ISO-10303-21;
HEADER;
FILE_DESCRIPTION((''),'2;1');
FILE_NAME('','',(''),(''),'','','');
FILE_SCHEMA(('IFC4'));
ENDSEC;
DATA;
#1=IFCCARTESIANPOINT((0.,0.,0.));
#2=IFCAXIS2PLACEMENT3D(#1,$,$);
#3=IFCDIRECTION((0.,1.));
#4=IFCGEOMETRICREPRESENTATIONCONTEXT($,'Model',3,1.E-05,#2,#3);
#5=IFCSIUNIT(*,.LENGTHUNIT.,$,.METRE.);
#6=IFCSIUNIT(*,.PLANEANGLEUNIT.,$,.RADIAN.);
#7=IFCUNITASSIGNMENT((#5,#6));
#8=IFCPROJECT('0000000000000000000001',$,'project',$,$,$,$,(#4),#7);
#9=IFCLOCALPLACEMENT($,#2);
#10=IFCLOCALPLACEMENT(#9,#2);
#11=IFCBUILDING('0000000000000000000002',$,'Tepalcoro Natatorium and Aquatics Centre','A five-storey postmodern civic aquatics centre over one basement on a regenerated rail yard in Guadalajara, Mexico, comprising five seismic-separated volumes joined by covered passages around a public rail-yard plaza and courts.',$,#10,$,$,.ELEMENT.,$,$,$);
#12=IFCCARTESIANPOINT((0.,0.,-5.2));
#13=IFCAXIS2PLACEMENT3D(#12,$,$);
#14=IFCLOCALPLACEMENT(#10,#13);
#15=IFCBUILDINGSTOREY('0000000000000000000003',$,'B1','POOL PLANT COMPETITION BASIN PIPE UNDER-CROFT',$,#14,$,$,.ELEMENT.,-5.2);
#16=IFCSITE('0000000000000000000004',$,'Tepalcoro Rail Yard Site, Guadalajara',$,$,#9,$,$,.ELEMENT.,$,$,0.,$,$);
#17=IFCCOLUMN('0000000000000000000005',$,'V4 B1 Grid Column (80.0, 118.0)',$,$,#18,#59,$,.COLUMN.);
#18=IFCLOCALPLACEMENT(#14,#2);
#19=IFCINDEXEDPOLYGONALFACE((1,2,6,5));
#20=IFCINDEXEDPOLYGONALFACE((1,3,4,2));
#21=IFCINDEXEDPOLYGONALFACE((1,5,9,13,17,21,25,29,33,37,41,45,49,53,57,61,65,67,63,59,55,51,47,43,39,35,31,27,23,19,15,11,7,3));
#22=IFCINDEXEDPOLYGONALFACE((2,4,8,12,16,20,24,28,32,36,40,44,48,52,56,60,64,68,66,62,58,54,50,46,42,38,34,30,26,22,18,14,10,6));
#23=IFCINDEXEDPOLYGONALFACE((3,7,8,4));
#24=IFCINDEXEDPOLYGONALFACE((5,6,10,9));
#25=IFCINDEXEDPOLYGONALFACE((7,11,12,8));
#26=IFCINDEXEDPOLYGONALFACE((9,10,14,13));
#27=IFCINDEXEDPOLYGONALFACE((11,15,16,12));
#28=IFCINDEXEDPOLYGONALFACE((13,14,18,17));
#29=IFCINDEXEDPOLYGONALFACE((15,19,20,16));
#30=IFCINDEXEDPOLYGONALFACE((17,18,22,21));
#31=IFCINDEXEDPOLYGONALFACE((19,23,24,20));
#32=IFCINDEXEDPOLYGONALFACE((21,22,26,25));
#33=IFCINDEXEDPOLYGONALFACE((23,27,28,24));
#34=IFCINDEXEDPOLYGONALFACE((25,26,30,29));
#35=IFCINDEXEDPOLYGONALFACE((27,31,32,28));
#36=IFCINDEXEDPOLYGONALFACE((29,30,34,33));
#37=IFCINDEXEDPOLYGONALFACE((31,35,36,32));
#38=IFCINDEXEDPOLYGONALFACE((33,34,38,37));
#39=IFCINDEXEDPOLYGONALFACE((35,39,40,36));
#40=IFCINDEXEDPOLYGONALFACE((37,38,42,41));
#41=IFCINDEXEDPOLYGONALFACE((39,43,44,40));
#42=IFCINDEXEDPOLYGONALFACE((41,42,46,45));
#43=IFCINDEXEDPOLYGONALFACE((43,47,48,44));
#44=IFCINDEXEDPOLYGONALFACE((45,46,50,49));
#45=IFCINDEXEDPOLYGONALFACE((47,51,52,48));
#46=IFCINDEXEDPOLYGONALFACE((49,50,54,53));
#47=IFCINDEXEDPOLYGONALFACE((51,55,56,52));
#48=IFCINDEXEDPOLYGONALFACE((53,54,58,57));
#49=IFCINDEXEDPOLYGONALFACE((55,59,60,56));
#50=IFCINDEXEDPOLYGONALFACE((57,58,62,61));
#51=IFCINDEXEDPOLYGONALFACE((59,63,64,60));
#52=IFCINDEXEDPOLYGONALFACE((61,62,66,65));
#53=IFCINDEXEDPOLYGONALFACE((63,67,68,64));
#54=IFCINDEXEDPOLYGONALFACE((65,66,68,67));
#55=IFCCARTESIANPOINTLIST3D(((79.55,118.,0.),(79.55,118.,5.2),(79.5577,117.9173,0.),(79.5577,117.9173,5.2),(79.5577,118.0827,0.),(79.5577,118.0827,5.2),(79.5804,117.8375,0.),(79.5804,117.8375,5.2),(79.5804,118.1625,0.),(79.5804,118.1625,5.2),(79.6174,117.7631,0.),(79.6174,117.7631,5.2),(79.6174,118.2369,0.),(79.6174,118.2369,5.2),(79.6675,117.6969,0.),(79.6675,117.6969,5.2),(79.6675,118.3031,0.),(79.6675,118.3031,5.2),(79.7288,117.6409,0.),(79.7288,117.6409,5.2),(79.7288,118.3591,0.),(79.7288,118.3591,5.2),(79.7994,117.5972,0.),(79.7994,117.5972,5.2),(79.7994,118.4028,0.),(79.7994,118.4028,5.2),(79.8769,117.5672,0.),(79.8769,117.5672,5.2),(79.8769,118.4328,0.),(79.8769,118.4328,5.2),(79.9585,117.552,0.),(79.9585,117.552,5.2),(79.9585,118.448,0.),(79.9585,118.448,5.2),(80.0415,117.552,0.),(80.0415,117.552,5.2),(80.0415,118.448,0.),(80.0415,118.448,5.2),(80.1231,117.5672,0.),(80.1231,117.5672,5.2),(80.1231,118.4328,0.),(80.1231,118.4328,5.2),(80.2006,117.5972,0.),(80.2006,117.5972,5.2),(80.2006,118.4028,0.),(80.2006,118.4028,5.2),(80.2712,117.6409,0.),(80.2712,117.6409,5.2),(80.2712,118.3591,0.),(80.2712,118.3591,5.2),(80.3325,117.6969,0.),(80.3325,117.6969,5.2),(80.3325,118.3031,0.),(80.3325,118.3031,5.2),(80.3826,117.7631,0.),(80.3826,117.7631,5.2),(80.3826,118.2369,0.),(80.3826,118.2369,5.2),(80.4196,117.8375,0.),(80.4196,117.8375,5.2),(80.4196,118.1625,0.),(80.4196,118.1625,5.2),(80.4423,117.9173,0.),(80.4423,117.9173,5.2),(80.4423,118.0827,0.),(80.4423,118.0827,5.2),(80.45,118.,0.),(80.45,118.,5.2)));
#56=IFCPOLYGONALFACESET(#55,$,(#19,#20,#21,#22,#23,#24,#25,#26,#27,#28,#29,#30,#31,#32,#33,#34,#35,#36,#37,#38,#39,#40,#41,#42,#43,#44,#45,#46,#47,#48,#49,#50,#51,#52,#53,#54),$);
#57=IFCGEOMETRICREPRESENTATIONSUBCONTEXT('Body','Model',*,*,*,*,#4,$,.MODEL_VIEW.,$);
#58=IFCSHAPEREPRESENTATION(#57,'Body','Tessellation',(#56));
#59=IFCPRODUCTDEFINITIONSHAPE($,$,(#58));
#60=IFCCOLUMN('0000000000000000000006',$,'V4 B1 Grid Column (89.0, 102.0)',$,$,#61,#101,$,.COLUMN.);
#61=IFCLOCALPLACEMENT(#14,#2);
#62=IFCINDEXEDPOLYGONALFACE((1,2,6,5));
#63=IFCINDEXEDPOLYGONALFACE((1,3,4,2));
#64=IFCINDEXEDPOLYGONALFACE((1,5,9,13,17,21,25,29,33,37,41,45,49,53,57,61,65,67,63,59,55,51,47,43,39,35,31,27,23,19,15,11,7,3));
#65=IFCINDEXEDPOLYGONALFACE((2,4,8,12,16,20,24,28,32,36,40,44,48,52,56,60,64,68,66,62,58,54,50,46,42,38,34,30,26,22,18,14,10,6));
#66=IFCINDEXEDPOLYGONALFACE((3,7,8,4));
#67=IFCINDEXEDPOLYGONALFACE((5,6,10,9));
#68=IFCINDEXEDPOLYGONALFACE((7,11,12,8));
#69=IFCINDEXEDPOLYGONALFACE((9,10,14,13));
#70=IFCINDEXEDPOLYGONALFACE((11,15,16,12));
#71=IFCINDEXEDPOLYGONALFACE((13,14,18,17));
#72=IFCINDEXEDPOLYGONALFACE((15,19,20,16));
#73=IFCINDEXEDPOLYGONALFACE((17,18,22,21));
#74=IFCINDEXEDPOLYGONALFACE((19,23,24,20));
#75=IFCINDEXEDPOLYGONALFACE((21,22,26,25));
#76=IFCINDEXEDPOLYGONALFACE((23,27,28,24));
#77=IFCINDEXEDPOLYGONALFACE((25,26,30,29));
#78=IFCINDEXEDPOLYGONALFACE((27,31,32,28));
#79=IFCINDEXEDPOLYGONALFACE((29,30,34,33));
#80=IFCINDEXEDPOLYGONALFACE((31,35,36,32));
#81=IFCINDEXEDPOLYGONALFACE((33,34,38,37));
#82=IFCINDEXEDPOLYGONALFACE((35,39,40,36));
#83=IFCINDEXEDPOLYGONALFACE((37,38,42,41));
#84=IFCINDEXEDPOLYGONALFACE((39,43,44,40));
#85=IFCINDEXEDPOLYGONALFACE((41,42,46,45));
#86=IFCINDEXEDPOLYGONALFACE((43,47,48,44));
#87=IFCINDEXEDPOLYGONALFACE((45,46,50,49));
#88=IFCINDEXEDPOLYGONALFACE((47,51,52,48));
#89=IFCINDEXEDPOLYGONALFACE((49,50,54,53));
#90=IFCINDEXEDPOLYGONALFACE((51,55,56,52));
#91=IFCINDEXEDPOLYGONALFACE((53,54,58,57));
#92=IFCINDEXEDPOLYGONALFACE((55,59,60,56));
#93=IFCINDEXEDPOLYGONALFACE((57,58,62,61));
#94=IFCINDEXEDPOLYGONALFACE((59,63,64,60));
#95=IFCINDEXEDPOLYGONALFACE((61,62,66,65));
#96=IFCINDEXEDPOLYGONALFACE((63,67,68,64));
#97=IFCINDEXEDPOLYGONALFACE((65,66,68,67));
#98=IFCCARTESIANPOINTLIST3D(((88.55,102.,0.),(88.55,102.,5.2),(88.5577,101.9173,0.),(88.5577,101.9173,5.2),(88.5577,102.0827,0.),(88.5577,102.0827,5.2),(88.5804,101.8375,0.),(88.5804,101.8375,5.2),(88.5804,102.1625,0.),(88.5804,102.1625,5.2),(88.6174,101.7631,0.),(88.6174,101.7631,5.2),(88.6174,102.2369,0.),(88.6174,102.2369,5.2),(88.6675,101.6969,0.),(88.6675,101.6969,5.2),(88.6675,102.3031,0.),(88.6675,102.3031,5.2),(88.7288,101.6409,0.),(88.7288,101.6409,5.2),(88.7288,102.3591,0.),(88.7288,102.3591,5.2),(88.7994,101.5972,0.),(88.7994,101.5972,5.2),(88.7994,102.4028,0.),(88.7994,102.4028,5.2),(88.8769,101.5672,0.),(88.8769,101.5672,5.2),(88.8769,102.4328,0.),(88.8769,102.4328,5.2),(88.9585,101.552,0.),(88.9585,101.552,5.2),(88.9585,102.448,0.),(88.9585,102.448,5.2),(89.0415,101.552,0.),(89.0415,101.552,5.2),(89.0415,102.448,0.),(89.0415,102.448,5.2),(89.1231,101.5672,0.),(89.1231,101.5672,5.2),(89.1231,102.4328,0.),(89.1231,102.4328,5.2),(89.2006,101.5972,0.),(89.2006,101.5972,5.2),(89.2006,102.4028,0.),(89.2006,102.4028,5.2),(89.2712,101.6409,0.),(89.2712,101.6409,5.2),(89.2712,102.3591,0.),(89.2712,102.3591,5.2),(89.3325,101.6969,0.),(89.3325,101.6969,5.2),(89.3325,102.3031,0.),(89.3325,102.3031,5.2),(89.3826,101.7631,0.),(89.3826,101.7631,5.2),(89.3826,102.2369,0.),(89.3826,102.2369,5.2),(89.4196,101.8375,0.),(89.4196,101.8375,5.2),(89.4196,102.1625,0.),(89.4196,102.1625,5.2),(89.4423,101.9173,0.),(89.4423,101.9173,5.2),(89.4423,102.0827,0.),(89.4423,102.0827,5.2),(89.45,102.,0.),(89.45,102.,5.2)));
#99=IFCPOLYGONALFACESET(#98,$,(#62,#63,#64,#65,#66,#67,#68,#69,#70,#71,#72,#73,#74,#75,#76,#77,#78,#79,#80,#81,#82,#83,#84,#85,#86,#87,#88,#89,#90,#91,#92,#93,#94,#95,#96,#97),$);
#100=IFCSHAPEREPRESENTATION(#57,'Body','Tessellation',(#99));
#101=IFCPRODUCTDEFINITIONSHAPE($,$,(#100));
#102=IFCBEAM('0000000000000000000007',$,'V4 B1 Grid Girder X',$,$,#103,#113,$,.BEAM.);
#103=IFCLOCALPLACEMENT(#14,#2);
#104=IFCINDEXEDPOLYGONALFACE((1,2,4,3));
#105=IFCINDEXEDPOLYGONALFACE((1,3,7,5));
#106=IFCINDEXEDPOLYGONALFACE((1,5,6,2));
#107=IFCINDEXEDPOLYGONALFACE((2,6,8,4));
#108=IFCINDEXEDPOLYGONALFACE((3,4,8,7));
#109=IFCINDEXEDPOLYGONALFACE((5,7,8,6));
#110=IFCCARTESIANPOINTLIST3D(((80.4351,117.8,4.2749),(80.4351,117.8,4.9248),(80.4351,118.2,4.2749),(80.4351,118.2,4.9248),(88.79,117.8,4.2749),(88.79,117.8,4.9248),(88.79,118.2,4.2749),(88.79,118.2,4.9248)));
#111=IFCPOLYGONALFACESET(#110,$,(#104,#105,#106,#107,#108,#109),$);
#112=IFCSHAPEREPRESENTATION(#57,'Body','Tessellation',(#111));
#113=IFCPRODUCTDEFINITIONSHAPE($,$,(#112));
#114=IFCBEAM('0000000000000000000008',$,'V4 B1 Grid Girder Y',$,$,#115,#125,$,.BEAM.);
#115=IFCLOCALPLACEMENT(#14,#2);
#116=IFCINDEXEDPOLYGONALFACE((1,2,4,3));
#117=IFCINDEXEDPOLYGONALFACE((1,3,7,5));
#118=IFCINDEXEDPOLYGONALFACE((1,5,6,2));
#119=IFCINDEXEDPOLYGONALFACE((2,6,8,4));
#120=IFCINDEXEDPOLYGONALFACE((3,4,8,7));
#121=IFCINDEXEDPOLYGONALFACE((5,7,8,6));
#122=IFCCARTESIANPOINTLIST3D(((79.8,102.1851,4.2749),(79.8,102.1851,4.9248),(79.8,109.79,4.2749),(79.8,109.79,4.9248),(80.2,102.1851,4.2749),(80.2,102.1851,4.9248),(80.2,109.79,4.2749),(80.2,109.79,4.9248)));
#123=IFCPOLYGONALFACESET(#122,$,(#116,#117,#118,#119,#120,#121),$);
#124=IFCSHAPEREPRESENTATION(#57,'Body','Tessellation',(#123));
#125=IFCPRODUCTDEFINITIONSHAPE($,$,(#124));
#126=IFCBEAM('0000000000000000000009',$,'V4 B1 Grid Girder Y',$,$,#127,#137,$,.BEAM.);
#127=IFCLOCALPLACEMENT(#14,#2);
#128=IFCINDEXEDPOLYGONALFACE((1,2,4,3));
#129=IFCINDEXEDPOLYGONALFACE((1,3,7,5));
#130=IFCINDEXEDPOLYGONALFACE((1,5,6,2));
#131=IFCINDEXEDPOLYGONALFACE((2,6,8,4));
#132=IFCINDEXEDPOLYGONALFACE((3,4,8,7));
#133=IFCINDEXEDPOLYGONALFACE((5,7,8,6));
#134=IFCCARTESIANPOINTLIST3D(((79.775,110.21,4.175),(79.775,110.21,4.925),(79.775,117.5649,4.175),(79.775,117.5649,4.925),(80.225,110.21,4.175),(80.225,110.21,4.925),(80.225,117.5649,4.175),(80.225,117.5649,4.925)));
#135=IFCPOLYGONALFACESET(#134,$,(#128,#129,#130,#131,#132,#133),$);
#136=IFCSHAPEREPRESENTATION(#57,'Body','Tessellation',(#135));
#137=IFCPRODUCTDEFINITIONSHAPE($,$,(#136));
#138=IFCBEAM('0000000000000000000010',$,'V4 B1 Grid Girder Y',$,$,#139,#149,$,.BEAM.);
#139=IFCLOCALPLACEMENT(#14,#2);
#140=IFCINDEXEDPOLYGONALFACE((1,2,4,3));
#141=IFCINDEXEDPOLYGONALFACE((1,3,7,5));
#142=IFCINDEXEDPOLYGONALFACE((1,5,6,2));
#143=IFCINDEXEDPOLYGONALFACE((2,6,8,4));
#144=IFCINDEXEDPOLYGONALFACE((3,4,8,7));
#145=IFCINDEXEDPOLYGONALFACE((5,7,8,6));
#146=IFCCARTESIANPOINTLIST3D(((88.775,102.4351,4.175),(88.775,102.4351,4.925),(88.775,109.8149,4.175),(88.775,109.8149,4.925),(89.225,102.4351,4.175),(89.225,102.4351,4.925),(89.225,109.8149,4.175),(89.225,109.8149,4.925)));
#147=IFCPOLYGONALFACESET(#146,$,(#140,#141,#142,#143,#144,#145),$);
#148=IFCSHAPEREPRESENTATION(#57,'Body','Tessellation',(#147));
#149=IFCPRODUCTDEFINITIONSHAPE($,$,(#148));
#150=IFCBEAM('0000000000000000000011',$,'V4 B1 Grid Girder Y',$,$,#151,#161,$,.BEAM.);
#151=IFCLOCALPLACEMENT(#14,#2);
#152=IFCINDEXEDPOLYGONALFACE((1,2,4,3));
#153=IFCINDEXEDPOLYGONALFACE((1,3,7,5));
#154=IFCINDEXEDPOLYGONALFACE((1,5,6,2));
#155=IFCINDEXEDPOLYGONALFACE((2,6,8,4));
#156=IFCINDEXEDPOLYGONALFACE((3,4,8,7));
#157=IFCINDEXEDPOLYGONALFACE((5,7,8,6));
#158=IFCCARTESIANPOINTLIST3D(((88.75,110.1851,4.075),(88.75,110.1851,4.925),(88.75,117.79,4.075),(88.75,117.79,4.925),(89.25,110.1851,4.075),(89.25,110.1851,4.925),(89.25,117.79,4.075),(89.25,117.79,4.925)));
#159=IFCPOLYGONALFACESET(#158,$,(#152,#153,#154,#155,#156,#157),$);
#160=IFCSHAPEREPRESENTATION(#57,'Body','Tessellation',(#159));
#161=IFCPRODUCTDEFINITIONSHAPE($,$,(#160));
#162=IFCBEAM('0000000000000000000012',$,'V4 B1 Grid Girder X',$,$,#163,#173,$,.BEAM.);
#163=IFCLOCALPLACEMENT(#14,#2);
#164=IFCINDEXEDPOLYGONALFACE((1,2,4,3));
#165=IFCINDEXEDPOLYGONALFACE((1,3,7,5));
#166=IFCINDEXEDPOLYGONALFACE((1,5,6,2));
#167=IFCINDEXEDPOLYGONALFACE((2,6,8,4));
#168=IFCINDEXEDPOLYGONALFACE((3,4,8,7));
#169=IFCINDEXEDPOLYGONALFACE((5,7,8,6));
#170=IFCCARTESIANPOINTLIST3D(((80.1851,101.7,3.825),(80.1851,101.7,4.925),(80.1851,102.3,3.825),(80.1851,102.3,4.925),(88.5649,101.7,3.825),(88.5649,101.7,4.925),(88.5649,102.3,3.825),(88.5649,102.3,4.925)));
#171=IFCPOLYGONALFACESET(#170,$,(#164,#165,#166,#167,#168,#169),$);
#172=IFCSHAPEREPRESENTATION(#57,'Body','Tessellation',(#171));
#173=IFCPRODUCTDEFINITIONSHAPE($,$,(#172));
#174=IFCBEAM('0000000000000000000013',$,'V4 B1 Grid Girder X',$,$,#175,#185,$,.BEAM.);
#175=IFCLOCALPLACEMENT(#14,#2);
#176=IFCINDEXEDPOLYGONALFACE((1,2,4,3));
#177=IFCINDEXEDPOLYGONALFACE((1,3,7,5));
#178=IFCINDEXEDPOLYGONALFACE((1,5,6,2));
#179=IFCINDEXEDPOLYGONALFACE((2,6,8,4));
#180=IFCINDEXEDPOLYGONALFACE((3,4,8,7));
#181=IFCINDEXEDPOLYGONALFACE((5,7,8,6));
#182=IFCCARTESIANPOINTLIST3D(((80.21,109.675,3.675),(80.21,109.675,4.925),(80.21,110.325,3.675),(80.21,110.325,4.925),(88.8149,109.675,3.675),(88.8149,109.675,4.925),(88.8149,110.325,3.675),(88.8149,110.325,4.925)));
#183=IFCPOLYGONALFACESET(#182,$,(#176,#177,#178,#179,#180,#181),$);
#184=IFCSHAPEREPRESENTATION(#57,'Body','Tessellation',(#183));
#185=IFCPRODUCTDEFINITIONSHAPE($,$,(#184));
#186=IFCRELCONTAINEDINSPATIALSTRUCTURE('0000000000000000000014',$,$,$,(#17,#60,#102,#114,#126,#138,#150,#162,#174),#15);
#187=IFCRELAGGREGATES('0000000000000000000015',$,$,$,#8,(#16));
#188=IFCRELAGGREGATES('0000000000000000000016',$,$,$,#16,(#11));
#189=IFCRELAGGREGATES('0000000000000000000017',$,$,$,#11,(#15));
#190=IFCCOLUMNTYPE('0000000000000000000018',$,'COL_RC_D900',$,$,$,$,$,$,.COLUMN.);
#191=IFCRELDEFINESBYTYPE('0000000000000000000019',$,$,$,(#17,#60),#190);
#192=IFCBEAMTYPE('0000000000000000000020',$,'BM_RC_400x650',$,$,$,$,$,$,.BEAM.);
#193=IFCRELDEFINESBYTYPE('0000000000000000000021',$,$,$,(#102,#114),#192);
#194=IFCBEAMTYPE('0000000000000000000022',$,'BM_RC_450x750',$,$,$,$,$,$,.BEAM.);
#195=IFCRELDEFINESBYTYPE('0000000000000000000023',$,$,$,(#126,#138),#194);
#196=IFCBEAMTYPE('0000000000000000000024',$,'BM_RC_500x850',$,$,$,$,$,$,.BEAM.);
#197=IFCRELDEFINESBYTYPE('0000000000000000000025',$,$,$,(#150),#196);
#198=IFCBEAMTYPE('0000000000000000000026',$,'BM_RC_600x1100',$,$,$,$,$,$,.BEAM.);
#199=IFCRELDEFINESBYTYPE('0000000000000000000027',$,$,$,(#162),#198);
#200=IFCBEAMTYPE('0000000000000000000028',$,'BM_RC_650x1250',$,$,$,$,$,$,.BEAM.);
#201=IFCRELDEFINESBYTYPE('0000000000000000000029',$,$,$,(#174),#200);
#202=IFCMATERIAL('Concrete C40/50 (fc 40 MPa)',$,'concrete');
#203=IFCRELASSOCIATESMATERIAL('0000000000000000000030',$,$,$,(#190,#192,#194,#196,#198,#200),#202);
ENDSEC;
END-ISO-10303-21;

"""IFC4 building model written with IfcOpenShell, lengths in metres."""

from ifc_helpers import new_model, si_unit, direction, frame, origin, origin_2d, place, context, subcontext, project, spatial, rectangle, circle, extrude, material, material_profile, profile_set, type_object, element, save


model = new_model("IFC4")

# Units and contexts
model_context = context("Model", 3, precision=1e-05, world=origin(), true_north=direction((0.0, 1.0)))
body_context = subcontext(model_context, "Body", "Model", "MODEL_VIEW")
ifc_project = project(units=[si_unit("LENGTHUNIT", "METRE"), si_unit("PLANEANGLEUNIT", "RADIAN")], contexts=[model_context])

# Site, building, storey
site_placement = place(None, origin())
site = spatial("IfcSite", under=ifc_project, at=site_placement, Name="Tepalcoro Rail Yard Site, Guadalajara", CompositionType="ELEMENT", RefElevation=0.0)
building_placement = place(site_placement, origin())
building = spatial("IfcBuilding", under=site, at=building_placement, Name="Tepalcoro Natatorium and Aquatics Centre", Description="A five-storey postmodern civic aquatics centre over one basement on a regenerated rail yard in Guadalajara, Mexico, comprising five seismic-separated volumes joined by covered passages around a public rail-yard plaza and courts.", CompositionType="ELEMENT")
storey_placement = place(building_placement, frame((0.0, 0.0, -5.2)))
storey = spatial("IfcBuildingStorey", under=building, at=storey_placement, Name="B1", Description="POOL PLANT COMPETITION BASIN PIPE UNDER-CROFT", CompositionType="ELEMENT", Elevation=-5.2)

# Shared definitions
ifc_material_1 = material(Name="Concrete C40/50 (fc 40 MPa)", Category="concrete")

# Columns
ifc_material_profile_1 = material_profile(ifc_material_1, circle(Radius=0.45, at=origin_2d()), Name="RCD900")
ifc_profile_set_1 = profile_set([ifc_material_profile_1], Name="Concrete C40/50 (fc 40 MPa)")
column_type_1 = type_object("IfcColumnType", Name="COL_RC_D900", PredefinedType="COLUMN", material=ifc_profile_set_1)
for number, where, z_axis, x_axis, name in (
    (1, (80.0, 118.0, 0.0), (0.0, 0.0, 1.0), (1.0, 0.0, 0.0), "V4 B1 Grid Column (80.0, 118.0)"),
    (2, (89.0, 102.0, 0.0), (0.0, 0.0, 1.0), (1.0, 0.0, 0.0), "V4 B1 Grid Column (89.0, 102.0)"),
):
    element("IfcColumn", number, at=place(storey_placement, frame(where, z_axis=z_axis, x_axis=x_axis)), inside=storey, type_object=column_type_1, Name=name, PredefinedType="COLUMN", context=body_context, shape_type="SweptSolid", body=[
        extrude(circle(Radius=0.45, at=origin_2d()), origin(), (0.0, 0.0, 1.0), 5.2),
    ])

# Beams
ifc_material_profile_2 = material_profile(ifc_material_1, rectangle(XDim=0.3999, YDim=0.6499, at=origin_2d()), Name="RCB400x650")
ifc_profile_set_2 = profile_set([ifc_material_profile_2], Name="Concrete C40/50 (fc 40 MPa)")
beam_type_1 = type_object("IfcBeamType", Name="BM_RC_400x650", PredefinedType="BEAM", material=ifc_profile_set_2)
beam_1_placement = place(storey_placement, frame((80.4351, 118.0, 4.5999), z_axis=(1.0, 0.0, 0.0), x_axis=(0.0, 1.0, 0.0)))
element("IfcBeam", 3, at=beam_1_placement, inside=storey, type_object=beam_type_1, Name="V4 B1 Grid Girder X", PredefinedType="BEAM", context=body_context, shape_type="SweptSolid", body=[
    extrude(rectangle(XDim=0.3999, YDim=0.6499, at=origin_2d()), origin(), (0.0, 0.0, 1.0), 8.355),
])
beam_2_placement = place(storey_placement, frame((80.0, 102.1851, 4.5999), z_axis=(0.0, 1.0, 0.0), x_axis=(-1.0, 0.0, 0.0)))
element("IfcBeam", 4, at=beam_2_placement, inside=storey, type_object=beam_type_1, Name="V4 B1 Grid Girder Y", PredefinedType="BEAM", context=body_context, shape_type="SweptSolid", body=[
    extrude(rectangle(XDim=0.3999, YDim=0.6499, at=origin_2d()), origin(), (0.0, 0.0, 1.0), 7.605),
])
ifc_material_profile_3 = material_profile(ifc_material_1, rectangle(XDim=0.45, YDim=0.75, at=origin_2d()), Name="RCB450x750")
ifc_profile_set_3 = profile_set([ifc_material_profile_3], Name="Concrete C40/50 (fc 40 MPa)")
beam_type_2 = type_object("IfcBeamType", Name="BM_RC_450x750", PredefinedType="BEAM", material=ifc_profile_set_3)
beam_3_placement = place(storey_placement, frame((80.0, 110.21, 4.55), z_axis=(0.0, 1.0, 0.0), x_axis=(-1.0, 0.0, 0.0)))
element("IfcBeam", 5, at=beam_3_placement, inside=storey, type_object=beam_type_2, Name="V4 B1 Grid Girder Y", PredefinedType="BEAM", context=body_context, shape_type="SweptSolid", body=[
    extrude(rectangle(XDim=0.45, YDim=0.75, at=origin_2d()), origin(), (0.0, 0.0, 1.0), 7.355),
])
beam_4_placement = place(storey_placement, frame((89.0, 102.4351, 4.55), z_axis=(0.0, 1.0, 0.0), x_axis=(-1.0, 0.0, 0.0)))
element("IfcBeam", 6, at=beam_4_placement, inside=storey, type_object=beam_type_2, Name="V4 B1 Grid Girder Y", PredefinedType="BEAM", context=body_context, shape_type="SweptSolid", body=[
    extrude(rectangle(XDim=0.45, YDim=0.75, at=origin_2d()), origin(), (0.0, 0.0, 1.0), 7.3799),
])
ifc_material_profile_4 = material_profile(ifc_material_1, rectangle(XDim=0.5, YDim=0.8501, at=origin_2d()), Name="RCB500x850")
ifc_profile_set_4 = profile_set([ifc_material_profile_4], Name="Concrete C40/50 (fc 40 MPa)")
beam_type_3 = type_object("IfcBeamType", Name="BM_RC_500x850", PredefinedType="BEAM", material=ifc_profile_set_4)
beam_5_placement = place(storey_placement, frame((89.0, 110.1851, 4.5), z_axis=(0.0, 1.0, 0.0), x_axis=(-1.0, 0.0, 0.0)))
element("IfcBeam", 7, at=beam_5_placement, inside=storey, type_object=beam_type_3, Name="V4 B1 Grid Girder Y", PredefinedType="BEAM", context=body_context, shape_type="SweptSolid", body=[
    extrude(rectangle(XDim=0.5, YDim=0.8501, at=origin_2d()), origin(), (0.0, 0.0, 1.0), 7.605),
])
ifc_material_profile_5 = material_profile(ifc_material_1, rectangle(XDim=0.6001, YDim=1.1001, at=origin_2d()), Name="RCB600x1100")
ifc_profile_set_5 = profile_set([ifc_material_profile_5], Name="Concrete C40/50 (fc 40 MPa)")
beam_type_4 = type_object("IfcBeamType", Name="BM_RC_600x1100", PredefinedType="BEAM", material=ifc_profile_set_5)
beam_6_placement = place(storey_placement, frame((80.1851, 102.0, 4.375), z_axis=(1.0, 0.0, 0.0), x_axis=(0.0, 1.0, 0.0)))
element("IfcBeam", 8, at=beam_6_placement, inside=storey, type_object=beam_type_4, Name="V4 B1 Grid Girder X", PredefinedType="BEAM", context=body_context, shape_type="SweptSolid", body=[
    extrude(rectangle(XDim=0.6001, YDim=1.1001, at=origin_2d()), origin(), (0.0, 0.0, 1.0), 8.3799),
])
ifc_material_profile_6 = material_profile(ifc_material_1, rectangle(XDim=0.6499, YDim=1.25, at=origin_2d()), Name="RCB650x1250")
ifc_profile_set_6 = profile_set([ifc_material_profile_6], Name="Concrete C40/50 (fc 40 MPa)")
beam_type_5 = type_object("IfcBeamType", Name="BM_RC_650x1250", PredefinedType="BEAM", material=ifc_profile_set_6)
beam_7_placement = place(storey_placement, frame((80.21, 110.0, 4.3), z_axis=(1.0, 0.0, 0.0), x_axis=(0.0, 1.0, 0.0)))
element("IfcBeam", 9, at=beam_7_placement, inside=storey, type_object=beam_type_5, Name="V4 B1 Grid Girder X", PredefinedType="BEAM", context=body_context, shape_type="SweptSolid", body=[
    extrude(rectangle(XDim=0.6499, YDim=1.25, at=origin_2d()), origin(), (0.0, 0.0, 1.0), 8.605),
])

save(model, "model.ifc")
